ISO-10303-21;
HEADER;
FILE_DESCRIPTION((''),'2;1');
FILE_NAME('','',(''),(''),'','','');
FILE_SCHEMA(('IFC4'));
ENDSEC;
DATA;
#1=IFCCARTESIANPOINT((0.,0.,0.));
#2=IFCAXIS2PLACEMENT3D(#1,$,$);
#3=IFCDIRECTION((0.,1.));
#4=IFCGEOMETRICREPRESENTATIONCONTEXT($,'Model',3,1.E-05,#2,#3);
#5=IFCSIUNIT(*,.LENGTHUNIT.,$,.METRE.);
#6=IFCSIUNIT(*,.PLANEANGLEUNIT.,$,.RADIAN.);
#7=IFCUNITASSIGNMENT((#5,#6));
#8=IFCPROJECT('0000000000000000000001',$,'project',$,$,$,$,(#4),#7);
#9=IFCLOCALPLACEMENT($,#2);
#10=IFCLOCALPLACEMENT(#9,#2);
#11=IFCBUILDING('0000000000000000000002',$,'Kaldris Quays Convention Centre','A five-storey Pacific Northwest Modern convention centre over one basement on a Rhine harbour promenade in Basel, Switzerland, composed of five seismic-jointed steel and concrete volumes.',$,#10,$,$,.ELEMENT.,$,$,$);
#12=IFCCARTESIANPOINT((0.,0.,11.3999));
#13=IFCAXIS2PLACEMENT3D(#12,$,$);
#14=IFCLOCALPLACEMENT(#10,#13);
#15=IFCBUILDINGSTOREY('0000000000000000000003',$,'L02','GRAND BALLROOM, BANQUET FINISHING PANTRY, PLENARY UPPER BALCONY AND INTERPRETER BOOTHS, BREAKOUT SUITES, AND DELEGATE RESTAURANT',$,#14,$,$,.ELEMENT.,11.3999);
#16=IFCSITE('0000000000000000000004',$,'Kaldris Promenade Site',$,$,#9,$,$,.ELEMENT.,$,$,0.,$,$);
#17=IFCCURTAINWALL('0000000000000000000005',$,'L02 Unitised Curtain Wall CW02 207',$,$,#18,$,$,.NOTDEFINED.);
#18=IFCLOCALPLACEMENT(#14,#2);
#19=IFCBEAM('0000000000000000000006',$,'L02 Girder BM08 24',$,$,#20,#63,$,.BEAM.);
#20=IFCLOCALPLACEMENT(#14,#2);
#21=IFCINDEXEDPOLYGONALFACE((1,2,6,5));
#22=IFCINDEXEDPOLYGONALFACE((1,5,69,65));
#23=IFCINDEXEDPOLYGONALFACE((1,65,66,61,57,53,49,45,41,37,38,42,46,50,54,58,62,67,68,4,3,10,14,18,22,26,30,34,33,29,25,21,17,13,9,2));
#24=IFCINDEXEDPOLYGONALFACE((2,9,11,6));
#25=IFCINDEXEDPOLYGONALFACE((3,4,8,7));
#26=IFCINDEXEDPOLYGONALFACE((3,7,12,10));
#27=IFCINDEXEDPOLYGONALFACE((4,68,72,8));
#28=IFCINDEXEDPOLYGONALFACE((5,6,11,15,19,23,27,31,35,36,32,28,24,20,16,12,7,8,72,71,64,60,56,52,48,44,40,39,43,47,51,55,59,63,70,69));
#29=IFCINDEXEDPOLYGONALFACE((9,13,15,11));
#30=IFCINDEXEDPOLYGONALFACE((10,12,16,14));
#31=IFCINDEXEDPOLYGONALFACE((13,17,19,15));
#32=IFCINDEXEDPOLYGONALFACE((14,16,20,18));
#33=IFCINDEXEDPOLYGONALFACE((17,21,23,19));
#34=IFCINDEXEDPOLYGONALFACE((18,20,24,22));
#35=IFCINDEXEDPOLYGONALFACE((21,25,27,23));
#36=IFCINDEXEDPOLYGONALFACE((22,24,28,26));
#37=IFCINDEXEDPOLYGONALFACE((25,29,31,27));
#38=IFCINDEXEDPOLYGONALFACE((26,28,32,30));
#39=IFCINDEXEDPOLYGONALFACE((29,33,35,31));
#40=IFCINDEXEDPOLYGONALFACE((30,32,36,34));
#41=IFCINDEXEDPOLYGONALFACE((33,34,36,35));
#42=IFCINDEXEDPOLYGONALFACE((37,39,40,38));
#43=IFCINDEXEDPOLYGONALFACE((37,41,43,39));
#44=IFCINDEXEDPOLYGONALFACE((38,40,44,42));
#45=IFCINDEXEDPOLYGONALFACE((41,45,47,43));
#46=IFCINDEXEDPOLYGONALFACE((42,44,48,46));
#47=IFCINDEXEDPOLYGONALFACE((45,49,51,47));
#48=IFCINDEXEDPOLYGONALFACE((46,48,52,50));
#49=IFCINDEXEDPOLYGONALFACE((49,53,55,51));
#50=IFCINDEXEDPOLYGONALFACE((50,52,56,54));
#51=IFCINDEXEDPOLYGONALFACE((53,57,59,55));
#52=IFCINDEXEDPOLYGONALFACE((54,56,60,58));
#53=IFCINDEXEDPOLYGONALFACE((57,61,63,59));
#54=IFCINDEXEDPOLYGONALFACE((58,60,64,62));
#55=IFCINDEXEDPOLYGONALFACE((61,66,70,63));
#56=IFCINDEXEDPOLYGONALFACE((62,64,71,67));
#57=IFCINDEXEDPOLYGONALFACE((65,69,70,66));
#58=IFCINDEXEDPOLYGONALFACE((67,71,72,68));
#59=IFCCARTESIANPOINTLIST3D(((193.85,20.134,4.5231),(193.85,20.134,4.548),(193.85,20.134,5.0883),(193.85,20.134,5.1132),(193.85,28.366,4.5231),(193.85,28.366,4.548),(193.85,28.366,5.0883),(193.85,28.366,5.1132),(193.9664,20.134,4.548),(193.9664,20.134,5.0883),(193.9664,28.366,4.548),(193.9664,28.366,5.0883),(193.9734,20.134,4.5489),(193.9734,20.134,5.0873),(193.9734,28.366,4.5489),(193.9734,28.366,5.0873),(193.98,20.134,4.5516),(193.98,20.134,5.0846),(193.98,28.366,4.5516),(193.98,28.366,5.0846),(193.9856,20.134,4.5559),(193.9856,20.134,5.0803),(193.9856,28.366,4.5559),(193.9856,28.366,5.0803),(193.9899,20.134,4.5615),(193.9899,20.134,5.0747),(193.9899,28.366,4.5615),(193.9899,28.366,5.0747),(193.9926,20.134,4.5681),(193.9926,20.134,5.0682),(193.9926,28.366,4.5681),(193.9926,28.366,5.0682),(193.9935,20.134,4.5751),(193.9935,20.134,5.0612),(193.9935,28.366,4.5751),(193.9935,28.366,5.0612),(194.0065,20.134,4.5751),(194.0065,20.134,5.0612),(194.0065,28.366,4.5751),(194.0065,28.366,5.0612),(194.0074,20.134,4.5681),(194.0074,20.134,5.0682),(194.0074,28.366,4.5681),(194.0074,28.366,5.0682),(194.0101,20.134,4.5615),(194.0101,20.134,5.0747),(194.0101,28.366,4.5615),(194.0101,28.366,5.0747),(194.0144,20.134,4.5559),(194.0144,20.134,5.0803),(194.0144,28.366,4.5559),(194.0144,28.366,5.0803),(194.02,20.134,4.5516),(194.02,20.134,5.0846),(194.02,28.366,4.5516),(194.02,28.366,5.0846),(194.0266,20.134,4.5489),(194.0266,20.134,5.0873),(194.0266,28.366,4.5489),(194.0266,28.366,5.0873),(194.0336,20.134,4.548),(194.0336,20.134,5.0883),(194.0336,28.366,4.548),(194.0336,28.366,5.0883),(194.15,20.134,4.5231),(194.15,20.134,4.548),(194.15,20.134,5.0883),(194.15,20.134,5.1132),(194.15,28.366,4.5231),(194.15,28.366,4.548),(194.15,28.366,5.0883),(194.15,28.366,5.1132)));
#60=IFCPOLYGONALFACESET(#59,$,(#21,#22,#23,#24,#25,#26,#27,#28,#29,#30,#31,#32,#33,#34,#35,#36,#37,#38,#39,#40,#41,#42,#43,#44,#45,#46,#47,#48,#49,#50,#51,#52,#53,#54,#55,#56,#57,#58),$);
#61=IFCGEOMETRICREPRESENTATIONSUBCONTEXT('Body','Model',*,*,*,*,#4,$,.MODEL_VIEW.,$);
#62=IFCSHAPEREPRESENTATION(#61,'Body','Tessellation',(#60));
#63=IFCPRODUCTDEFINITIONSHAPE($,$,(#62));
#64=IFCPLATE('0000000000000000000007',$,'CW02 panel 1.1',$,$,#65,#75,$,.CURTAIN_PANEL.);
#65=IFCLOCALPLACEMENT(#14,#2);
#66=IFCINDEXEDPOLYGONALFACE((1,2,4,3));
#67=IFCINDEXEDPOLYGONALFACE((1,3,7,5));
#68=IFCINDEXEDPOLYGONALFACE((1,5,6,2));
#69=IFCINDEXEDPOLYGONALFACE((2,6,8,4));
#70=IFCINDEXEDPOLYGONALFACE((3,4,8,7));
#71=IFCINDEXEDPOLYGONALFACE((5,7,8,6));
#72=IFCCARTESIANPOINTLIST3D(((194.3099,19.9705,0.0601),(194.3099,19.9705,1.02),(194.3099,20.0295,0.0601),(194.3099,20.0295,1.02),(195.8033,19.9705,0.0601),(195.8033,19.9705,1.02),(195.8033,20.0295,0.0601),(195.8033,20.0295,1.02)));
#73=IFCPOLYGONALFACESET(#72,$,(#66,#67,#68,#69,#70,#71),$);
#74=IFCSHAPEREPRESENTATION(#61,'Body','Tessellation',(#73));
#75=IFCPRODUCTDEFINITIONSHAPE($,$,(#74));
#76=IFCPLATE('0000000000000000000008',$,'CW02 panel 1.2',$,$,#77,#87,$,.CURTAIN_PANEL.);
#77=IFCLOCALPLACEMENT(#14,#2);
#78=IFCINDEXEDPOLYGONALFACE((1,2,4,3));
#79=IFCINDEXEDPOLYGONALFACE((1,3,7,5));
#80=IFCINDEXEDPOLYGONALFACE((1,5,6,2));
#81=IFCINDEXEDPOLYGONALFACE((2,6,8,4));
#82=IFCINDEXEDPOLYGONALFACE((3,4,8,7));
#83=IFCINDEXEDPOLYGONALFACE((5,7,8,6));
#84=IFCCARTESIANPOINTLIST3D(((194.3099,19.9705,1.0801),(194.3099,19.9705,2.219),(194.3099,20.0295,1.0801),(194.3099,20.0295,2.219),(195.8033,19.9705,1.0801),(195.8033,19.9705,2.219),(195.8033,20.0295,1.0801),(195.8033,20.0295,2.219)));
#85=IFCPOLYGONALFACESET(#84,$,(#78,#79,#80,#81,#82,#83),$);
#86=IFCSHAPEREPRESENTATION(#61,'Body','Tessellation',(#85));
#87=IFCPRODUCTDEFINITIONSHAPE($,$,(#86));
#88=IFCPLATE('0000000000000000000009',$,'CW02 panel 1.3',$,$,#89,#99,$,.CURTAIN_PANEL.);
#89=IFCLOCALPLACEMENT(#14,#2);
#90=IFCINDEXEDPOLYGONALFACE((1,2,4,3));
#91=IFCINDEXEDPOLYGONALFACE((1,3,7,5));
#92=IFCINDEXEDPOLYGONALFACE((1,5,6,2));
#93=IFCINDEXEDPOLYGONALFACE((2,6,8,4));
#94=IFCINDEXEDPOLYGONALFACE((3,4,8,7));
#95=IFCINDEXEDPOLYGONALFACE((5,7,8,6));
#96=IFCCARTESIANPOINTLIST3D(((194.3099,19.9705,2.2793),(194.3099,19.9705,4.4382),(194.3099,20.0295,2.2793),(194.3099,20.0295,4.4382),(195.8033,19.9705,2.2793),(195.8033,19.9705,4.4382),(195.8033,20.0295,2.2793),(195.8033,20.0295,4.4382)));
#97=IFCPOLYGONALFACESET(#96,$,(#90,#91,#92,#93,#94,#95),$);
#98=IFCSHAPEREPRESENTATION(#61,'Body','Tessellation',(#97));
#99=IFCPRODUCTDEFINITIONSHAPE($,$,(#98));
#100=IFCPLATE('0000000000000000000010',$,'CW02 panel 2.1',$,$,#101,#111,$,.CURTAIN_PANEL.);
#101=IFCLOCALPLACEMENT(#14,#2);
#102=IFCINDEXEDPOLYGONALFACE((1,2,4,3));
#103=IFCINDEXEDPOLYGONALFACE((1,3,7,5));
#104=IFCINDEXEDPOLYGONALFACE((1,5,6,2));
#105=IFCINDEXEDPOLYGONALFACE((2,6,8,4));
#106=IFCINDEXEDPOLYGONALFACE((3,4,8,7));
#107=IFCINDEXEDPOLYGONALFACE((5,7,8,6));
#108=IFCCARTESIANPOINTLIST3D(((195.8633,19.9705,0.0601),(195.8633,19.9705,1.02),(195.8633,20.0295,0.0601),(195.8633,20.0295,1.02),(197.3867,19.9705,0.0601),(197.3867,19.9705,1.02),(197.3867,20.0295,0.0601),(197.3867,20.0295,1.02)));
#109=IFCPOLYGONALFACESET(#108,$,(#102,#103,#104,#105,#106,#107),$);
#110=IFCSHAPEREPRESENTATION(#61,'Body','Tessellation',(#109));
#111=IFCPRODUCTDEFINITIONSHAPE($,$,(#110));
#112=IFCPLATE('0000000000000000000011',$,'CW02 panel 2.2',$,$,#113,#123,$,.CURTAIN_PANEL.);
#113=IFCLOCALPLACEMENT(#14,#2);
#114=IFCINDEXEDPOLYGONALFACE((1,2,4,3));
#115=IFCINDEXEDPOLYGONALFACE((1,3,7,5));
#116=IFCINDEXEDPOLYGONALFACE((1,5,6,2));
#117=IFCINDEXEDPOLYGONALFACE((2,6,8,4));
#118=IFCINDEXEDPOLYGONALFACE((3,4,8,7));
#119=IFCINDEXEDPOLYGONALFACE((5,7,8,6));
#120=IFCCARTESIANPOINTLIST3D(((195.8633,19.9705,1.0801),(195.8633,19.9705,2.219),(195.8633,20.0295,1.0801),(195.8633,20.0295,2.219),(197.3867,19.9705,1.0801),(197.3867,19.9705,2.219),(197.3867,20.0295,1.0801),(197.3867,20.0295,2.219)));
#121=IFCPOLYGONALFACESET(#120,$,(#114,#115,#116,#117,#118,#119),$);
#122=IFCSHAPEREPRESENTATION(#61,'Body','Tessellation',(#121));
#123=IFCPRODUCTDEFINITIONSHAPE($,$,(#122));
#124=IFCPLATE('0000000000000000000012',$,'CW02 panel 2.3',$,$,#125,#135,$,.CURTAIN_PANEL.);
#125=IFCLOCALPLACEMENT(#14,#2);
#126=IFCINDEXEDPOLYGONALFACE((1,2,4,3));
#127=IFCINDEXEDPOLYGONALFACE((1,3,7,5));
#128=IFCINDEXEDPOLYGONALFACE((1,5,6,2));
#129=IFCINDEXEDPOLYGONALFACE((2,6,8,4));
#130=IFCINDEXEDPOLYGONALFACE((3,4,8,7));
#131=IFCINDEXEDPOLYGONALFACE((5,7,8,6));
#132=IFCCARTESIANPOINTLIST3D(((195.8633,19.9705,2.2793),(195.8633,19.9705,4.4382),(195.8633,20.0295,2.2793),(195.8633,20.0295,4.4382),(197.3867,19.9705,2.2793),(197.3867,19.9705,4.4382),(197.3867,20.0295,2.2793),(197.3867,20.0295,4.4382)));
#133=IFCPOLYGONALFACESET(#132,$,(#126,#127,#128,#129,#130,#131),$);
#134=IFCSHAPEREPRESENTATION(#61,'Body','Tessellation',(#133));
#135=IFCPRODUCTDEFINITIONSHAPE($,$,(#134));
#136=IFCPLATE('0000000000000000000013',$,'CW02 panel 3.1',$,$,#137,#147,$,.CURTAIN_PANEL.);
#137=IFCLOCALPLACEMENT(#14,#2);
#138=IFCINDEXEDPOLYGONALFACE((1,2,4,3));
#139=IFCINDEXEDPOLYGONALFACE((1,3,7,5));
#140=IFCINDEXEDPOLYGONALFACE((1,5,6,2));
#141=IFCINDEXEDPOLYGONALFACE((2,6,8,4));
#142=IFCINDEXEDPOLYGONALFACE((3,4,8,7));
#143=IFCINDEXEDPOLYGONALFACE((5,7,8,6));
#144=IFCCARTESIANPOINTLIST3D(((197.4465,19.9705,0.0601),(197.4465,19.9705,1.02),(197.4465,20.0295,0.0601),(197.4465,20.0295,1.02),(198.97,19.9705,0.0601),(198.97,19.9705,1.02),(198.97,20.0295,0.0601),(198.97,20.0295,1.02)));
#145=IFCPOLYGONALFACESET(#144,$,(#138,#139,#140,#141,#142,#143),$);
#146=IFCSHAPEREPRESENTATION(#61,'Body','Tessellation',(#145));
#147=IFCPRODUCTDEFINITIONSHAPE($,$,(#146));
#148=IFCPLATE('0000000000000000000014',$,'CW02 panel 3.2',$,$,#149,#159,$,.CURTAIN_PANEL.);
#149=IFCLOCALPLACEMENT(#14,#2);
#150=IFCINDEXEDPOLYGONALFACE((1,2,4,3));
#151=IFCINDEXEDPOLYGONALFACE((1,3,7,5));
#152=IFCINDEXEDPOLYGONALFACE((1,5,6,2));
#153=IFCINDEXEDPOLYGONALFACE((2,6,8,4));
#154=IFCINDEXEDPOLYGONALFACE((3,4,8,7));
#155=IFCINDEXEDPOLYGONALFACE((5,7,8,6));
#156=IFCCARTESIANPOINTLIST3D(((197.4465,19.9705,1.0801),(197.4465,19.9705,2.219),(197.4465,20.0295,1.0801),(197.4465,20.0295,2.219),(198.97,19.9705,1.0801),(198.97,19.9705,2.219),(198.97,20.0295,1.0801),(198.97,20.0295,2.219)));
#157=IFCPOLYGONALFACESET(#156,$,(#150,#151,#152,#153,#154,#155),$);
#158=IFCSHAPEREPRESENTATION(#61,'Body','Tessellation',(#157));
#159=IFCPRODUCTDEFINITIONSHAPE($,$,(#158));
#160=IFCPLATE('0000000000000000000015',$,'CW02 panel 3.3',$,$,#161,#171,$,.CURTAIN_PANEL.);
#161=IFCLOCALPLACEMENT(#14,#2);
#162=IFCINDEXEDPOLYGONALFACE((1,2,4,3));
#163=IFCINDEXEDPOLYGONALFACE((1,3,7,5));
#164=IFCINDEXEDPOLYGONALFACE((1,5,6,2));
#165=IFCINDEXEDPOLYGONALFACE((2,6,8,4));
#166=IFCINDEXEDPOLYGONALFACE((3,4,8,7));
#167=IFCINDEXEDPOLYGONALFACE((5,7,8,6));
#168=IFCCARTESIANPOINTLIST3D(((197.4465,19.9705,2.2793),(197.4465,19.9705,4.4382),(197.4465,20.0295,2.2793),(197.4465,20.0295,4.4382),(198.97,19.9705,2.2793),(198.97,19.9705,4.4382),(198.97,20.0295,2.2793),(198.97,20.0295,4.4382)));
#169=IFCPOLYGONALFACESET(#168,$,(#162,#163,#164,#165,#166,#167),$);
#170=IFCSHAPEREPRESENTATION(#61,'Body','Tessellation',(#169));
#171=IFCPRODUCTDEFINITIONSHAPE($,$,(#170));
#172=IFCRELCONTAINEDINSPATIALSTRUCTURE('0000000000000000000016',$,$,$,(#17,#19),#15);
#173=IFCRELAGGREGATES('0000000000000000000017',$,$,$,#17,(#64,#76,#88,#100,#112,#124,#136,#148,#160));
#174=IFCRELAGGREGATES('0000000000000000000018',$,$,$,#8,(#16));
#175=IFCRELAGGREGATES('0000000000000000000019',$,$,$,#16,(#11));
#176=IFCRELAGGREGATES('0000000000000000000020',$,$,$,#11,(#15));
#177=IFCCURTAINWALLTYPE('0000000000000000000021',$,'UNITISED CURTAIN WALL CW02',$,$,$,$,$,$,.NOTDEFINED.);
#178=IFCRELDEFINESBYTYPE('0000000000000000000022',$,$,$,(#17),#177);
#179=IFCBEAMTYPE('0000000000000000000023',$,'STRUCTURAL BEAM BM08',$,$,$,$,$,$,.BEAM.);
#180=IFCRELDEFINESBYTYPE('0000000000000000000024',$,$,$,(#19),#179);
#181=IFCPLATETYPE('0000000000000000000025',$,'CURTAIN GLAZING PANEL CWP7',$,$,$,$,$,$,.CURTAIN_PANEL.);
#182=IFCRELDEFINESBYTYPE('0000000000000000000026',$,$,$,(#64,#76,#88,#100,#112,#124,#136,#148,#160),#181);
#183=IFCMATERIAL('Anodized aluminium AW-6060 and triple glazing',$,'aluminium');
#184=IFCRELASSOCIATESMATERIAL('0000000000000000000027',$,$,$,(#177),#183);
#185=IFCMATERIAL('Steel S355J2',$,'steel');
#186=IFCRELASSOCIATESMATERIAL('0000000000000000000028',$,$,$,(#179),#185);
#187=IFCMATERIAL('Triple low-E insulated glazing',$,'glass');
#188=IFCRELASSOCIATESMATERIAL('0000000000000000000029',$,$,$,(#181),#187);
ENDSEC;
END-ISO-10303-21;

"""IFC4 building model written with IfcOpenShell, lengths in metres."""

from ifc_helpers import new_model, si_unit, direction, frame, origin, origin_2d, place, context, subcontext, project, spatial, rectangle, i_section, extrude, material, material_profile, profile_set, type_object, element, aggregate, save


model = new_model("IFC4")

# Units and contexts
model_context = context("Model", 3, precision=1e-05, world=origin(), true_north=direction((0.0, 1.0)))
body_context = subcontext(model_context, "Body", "Model", "MODEL_VIEW")
ifc_project = project(units=[si_unit("LENGTHUNIT", "METRE"), si_unit("PLANEANGLEUNIT", "RADIAN")], contexts=[model_context])

# Site, building, storey
site_placement = place(None, origin())
site = spatial("IfcSite", under=ifc_project, at=site_placement, Name="Kaldris Promenade Site", CompositionType="ELEMENT", RefElevation=0.0)
building_placement = place(site_placement, origin())
building = spatial("IfcBuilding", under=site, at=building_placement, Name="Kaldris Quays Convention Centre", Description="A five-storey Pacific Northwest Modern convention centre over one basement on a Rhine harbour promenade in Basel, Switzerland, composed of five seismic-jointed steel and concrete volumes.", CompositionType="ELEMENT")
storey_placement = place(building_placement, frame((0.0, 0.0, 11.3999)))
storey = spatial("IfcBuildingStorey", under=building, at=storey_placement, Name="L02", Description="GRAND BALLROOM, BANQUET FINISHING PANTRY, PLENARY UPPER BALCONY AND INTERPRETER BOOTHS, BREAKOUT SUITES, AND DELEGATE RESTAURANT", CompositionType="ELEMENT", Elevation=11.3999)

# Shared definitions
ifc_material_1 = material(Name="Steel S355J2", Category="steel")

# Shared definitions
ifc_material_2 = material(Name="Anodized aluminium AW-6060 and triple glazing", Category="aluminium")
curtain_wall_type = type_object("IfcCurtainWallType", Name="UNITISED CURTAIN WALL CW02", PredefinedType="NOTDEFINED", material=ifc_material_2)

# Curtain wall
curtain_wall_1_placement = place(storey_placement, origin())
curtain_wall_1 = element("IfcCurtainWall", 1, at=curtain_wall_1_placement, inside=storey, type_object=curtain_wall_type, Name="L02 Unitised Curtain Wall CW02 207", PredefinedType="NOTDEFINED")

# Beam
ifc_material_profile_1 = material_profile(ifc_material_1, i_section(OverallWidth=0.3, OverallDepth=0.5901, WebThickness=0.0129, FlangeThickness=0.0249, FilletRadius=0.0271, at=origin_2d()), Name="HEA 600")
ifc_profile_set_1 = profile_set([ifc_material_profile_1], Name="Steel S355J2")
beam_type_1 = type_object("IfcBeamType", Name="STRUCTURAL BEAM BM08", PredefinedType="BEAM", material=ifc_profile_set_1)
beam_1_placement = place(storey_placement, frame((194.0, 20.134, 4.8181), z_axis=(0.0, 1.0, 0.0), x_axis=(-1.0, 0.0, 0.0)))
element("IfcBeam", 2, at=beam_1_placement, inside=storey, type_object=beam_type_1, Name="L02 Girder BM08 24", PredefinedType="BEAM", context=body_context, shape_type="SweptSolid", body=[
    extrude(i_section(OverallWidth=0.3, OverallDepth=0.5901, WebThickness=0.0129, FlangeThickness=0.0249, FilletRadius=0.0271, at=origin_2d()), origin(), (0.0, 0.0, 1.0), 8.2319),
])

# Plates
ifc_material_3 = material(Name="Triple low-E insulated glazing", Category="glass")
plate_type = type_object("IfcPlateType", Name="CURTAIN GLAZING PANEL CWP7", PredefinedType="CURTAIN_PANEL", material=ifc_material_3)
plate_1_placement = place(storey_placement, frame((195.0566, 20.0, 0.0601), z_axis=(0.0, 0.0, 1.0), x_axis=(1.0, 0.0, 0.0)))
plate_1 = element("IfcPlate", 3, at=plate_1_placement, type_object=plate_type, Name="CW02 panel 1.1", PredefinedType="CURTAIN_PANEL", context=body_context, shape_type="SweptSolid", body=[
    extrude(rectangle(XDim=1.4934, YDim=0.0591, at=origin_2d()), origin(), (0.0, 0.0, 1.0), 0.96),
])
plate_2_placement = place(storey_placement, frame((195.0566, 20.0, 1.0801), z_axis=(0.0, 0.0, 1.0), x_axis=(1.0, 0.0, 0.0)))
plate_2 = element("IfcPlate", 4, at=plate_2_placement, type_object=plate_type, Name="CW02 panel 1.2", PredefinedType="CURTAIN_PANEL", context=body_context, shape_type="SweptSolid", body=[
    extrude(rectangle(XDim=1.4934, YDim=0.0591, at=origin_2d()), origin(), (0.0, 0.0, 1.0), 1.1389),
])
plate_3_placement = place(storey_placement, frame((195.0566, 20.0, 2.2793), z_axis=(0.0, 0.0, 1.0), x_axis=(1.0, 0.0, 0.0)))
plate_3 = element("IfcPlate", 5, at=plate_3_placement, type_object=plate_type, Name="CW02 panel 1.3", PredefinedType="CURTAIN_PANEL", context=body_context, shape_type="SweptSolid", body=[
    extrude(rectangle(XDim=1.4934, YDim=0.0591, at=origin_2d()), origin(), (0.0, 0.0, 1.0), 2.1589),
])
plate_4_placement = place(storey_placement, frame((196.625, 20.0, 0.0601), z_axis=(0.0, 0.0, 1.0), x_axis=(1.0, 0.0, 0.0)))
plate_4 = element("IfcPlate", 6, at=plate_4_placement, type_object=plate_type, Name="CW02 panel 2.1", PredefinedType="CURTAIN_PANEL", context=body_context, shape_type="SweptSolid", body=[
    extrude(rectangle(XDim=1.5234, YDim=0.0591, at=origin_2d()), origin(), (0.0, 0.0, 1.0), 0.96),
])
plate_5_placement = place(storey_placement, frame((196.625, 20.0, 1.0801), z_axis=(0.0, 0.0, 1.0), x_axis=(1.0, 0.0, 0.0)))
plate_5 = element("IfcPlate", 7, at=plate_5_placement, type_object=plate_type, Name="CW02 panel 2.2", PredefinedType="CURTAIN_PANEL", context=body_context, shape_type="SweptSolid", body=[
    extrude(rectangle(XDim=1.5234, YDim=0.0591, at=origin_2d()), origin(), (0.0, 0.0, 1.0), 1.1389),
])
plate_6_placement = place(storey_placement, frame((196.625, 20.0, 2.2793), z_axis=(0.0, 0.0, 1.0), x_axis=(1.0, 0.0, 0.0)))
plate_6 = element("IfcPlate", 8, at=plate_6_placement, type_object=plate_type, Name="CW02 panel 2.3", PredefinedType="CURTAIN_PANEL", context=body_context, shape_type="SweptSolid", body=[
    extrude(rectangle(XDim=1.5234, YDim=0.0591, at=origin_2d()), origin(), (0.0, 0.0, 1.0), 2.1589),
])
plate_7_placement = place(storey_placement, frame((198.2083, 20.0, 0.0601), z_axis=(0.0, 0.0, 1.0), x_axis=(1.0, 0.0, 0.0)))
plate_7 = element("IfcPlate", 9, at=plate_7_placement, type_object=plate_type, Name="CW02 panel 3.1", PredefinedType="CURTAIN_PANEL", context=body_context, shape_type="SweptSolid", body=[
    extrude(rectangle(XDim=1.5234, YDim=0.0591, at=origin_2d()), origin(), (0.0, 0.0, 1.0), 0.96),
])
plate_8_placement = place(storey_placement, frame((198.2083, 20.0, 1.0801), z_axis=(0.0, 0.0, 1.0), x_axis=(1.0, 0.0, 0.0)))
plate_8 = element("IfcPlate", 10, at=plate_8_placement, type_object=plate_type, Name="CW02 panel 3.2", PredefinedType="CURTAIN_PANEL", context=body_context, shape_type="SweptSolid", body=[
    extrude(rectangle(XDim=1.5234, YDim=0.0591, at=origin_2d()), origin(), (0.0, 0.0, 1.0), 1.1389),
])
plate_9_placement = place(storey_placement, frame((198.2083, 20.0, 2.2793), z_axis=(0.0, 0.0, 1.0), x_axis=(1.0, 0.0, 0.0)))
plate_9 = element("IfcPlate", 11, at=plate_9_placement, type_object=plate_type, Name="CW02 panel 3.3", PredefinedType="CURTAIN_PANEL", context=body_context, shape_type="SweptSolid", body=[
    extrude(rectangle(XDim=1.5234, YDim=0.0591, at=origin_2d()), origin(), (0.0, 0.0, 1.0), 2.1589),
])
aggregate(curtain_wall_1, [plate_1, plate_2, plate_3, plate_4, plate_5, plate_6, plate_7, plate_8, plate_9])

save(model, "model.ifc")
